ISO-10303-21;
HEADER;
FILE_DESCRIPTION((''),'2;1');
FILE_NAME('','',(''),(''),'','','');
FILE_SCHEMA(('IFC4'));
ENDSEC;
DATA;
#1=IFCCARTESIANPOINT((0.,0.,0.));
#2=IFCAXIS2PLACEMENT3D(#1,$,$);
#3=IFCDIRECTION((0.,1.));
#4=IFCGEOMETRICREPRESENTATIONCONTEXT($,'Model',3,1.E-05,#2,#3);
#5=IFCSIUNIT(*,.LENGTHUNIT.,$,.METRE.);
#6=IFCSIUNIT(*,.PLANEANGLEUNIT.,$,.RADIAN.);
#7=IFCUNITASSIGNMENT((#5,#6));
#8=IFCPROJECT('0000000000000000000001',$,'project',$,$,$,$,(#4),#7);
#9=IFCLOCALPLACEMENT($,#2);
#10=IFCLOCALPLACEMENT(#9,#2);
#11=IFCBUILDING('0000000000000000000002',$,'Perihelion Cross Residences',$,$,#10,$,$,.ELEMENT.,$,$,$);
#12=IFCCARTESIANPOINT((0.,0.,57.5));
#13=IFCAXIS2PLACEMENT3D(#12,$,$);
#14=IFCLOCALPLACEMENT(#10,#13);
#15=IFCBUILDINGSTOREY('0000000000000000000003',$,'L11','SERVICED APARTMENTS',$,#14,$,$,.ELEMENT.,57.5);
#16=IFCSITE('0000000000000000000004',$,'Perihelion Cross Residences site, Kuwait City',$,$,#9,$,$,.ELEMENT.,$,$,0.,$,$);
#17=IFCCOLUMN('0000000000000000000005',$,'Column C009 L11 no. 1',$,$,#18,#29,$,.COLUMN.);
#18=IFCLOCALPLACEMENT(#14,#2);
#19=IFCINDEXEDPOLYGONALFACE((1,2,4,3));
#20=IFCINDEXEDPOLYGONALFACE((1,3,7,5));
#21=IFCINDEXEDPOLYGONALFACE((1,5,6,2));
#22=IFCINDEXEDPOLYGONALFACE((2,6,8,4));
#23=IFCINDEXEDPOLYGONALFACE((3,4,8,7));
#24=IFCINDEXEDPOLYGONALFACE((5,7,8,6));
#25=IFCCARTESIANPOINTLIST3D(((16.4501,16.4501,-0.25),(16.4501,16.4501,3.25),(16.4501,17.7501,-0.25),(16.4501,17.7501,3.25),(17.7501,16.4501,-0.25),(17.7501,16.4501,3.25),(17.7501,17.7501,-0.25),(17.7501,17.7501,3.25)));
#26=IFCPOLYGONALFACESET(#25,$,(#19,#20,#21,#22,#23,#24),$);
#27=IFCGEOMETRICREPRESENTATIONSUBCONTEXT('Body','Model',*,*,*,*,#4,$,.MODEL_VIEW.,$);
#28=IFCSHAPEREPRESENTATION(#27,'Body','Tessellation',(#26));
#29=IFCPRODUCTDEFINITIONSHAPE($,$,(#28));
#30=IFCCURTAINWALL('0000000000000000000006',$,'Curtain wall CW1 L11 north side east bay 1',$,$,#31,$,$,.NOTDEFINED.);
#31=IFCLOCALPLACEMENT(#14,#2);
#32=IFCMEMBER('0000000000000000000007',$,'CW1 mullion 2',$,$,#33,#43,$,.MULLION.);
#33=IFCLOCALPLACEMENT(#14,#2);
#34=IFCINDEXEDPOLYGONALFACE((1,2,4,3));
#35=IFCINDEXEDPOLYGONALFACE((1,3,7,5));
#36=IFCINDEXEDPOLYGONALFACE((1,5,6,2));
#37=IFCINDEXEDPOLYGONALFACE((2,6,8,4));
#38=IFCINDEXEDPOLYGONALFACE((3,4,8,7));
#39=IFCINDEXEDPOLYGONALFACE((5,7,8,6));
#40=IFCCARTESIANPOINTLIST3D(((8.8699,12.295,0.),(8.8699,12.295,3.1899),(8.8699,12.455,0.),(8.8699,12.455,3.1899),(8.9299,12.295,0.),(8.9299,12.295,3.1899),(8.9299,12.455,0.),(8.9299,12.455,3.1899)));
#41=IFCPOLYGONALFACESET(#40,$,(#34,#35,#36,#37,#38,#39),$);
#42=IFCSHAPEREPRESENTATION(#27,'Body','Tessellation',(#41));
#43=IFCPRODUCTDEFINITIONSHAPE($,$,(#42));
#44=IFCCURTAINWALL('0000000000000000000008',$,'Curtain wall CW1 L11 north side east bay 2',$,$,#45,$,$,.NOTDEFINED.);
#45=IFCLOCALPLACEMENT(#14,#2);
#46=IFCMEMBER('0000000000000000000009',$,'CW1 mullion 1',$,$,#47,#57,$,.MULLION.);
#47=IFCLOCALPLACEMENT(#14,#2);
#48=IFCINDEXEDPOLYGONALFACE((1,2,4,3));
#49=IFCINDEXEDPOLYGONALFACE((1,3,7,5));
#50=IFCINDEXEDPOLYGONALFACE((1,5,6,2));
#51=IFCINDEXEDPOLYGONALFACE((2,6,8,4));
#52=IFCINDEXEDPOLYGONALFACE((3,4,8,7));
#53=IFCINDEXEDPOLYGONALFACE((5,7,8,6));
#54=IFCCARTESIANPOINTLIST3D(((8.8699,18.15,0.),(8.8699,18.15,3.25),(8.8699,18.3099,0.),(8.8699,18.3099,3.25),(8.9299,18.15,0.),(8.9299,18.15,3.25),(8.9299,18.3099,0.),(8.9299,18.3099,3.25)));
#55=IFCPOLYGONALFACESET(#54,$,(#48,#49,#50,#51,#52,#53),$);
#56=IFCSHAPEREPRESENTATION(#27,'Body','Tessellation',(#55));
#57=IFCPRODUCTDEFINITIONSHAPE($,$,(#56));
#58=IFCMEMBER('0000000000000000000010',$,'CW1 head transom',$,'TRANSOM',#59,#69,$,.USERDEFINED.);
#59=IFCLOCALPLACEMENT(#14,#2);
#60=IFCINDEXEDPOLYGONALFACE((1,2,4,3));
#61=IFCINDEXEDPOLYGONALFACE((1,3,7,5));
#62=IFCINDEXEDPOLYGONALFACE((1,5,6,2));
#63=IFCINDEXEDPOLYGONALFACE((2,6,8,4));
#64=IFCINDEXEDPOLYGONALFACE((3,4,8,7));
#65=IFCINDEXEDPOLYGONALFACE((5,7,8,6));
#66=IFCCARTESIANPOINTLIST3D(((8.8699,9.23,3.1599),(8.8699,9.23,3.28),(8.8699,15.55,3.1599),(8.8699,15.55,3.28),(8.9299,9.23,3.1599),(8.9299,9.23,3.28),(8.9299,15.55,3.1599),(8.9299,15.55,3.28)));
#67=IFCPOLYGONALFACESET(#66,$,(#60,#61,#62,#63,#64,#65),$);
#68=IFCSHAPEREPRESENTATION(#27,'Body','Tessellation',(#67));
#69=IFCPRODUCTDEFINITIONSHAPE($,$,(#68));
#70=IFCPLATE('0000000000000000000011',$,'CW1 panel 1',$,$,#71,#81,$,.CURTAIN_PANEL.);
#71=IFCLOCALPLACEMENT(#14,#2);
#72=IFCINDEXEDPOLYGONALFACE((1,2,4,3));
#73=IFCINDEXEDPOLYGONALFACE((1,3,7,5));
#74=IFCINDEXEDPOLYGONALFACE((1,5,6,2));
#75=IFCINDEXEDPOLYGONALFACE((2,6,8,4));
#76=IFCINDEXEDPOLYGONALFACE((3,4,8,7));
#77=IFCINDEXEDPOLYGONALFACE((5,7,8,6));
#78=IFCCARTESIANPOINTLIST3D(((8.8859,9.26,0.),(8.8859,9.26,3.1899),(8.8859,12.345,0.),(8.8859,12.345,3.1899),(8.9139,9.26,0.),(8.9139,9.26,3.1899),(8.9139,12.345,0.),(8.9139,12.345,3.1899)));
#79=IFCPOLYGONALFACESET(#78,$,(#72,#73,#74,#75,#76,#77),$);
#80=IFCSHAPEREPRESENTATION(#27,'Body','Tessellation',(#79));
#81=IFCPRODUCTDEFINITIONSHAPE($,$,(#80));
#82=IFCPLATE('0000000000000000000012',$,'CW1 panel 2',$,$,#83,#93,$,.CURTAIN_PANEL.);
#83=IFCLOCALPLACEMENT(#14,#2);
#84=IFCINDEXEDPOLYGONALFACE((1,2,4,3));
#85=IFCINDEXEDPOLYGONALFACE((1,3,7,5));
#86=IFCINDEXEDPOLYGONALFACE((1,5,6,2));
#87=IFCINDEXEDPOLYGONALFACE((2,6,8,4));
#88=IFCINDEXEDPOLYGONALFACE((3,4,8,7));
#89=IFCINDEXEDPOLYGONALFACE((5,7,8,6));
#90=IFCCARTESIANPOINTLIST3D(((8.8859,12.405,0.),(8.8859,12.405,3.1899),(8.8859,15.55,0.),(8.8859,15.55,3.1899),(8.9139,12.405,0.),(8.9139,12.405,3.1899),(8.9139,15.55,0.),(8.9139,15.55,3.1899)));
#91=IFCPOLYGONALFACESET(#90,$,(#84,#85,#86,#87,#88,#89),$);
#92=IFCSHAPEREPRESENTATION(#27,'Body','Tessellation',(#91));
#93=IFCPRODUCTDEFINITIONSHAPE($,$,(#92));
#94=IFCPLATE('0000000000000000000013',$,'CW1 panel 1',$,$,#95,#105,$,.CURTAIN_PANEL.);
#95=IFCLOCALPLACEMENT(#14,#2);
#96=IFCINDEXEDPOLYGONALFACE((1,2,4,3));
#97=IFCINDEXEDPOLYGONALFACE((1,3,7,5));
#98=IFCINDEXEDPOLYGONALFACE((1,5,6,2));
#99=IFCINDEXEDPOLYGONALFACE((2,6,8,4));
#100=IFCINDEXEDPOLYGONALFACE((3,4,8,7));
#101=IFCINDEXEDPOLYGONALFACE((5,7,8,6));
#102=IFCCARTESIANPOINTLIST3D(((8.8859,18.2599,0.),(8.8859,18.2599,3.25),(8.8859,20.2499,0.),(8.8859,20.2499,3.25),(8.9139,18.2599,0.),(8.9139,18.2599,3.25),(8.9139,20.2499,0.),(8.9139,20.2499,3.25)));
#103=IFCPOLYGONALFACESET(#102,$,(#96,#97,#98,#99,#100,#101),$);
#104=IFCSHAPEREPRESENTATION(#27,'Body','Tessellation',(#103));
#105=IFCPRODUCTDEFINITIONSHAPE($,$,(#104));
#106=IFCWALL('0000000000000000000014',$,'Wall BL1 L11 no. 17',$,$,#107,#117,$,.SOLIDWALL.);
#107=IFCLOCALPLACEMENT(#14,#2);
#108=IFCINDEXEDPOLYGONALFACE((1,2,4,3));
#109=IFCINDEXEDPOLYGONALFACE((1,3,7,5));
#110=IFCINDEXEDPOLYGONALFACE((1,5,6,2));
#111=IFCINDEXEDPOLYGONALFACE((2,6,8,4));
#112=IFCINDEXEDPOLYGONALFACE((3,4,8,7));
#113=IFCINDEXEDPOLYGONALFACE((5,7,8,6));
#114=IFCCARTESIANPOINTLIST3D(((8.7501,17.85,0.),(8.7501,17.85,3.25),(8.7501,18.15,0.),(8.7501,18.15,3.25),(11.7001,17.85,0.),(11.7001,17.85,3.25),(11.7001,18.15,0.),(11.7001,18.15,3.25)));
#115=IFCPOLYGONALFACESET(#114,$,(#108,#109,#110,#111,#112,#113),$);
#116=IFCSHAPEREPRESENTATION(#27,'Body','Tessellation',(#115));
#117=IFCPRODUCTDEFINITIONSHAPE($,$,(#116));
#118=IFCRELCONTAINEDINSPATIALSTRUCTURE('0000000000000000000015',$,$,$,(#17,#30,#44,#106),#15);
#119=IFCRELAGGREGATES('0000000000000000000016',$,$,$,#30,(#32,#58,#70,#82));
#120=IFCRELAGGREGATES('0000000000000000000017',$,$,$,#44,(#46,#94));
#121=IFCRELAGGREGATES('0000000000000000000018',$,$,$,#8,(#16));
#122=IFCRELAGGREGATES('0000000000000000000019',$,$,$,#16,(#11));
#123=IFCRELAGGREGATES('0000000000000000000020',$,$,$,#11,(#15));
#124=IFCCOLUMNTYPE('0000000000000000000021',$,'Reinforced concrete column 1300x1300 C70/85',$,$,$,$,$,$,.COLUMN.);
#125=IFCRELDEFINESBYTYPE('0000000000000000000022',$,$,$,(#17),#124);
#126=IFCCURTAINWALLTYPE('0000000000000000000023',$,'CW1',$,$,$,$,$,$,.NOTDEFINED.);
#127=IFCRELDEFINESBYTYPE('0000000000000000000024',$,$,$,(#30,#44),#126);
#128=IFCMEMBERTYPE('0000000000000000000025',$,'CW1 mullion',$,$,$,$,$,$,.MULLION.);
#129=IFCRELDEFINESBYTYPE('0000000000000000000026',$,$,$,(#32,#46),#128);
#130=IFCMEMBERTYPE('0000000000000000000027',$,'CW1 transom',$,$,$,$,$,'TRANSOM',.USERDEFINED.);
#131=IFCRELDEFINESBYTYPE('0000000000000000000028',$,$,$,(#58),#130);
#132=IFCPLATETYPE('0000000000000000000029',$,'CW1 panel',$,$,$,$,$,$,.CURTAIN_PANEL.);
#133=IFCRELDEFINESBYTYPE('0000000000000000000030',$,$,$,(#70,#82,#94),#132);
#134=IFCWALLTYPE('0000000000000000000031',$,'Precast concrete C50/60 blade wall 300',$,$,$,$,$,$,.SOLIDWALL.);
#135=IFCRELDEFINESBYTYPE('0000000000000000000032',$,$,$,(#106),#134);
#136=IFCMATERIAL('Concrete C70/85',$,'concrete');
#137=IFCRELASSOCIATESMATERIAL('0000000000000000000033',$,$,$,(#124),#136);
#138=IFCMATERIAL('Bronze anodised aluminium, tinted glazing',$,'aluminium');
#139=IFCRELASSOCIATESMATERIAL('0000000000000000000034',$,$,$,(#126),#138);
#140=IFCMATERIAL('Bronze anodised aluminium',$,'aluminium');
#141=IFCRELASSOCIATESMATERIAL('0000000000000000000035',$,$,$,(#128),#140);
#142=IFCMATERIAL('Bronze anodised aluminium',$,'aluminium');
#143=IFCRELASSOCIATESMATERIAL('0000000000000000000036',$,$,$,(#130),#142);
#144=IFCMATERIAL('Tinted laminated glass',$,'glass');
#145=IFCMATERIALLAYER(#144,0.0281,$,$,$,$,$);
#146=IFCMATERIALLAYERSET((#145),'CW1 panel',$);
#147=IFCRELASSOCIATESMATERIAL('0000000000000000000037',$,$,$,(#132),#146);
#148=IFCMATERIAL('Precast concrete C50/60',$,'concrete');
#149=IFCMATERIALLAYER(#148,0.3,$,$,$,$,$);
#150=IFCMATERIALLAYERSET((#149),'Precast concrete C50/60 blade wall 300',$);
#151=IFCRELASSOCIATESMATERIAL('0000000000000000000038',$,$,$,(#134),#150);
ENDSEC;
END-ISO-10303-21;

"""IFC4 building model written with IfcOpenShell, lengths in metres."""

from ifc_helpers import new_model, si_unit, direction, frame, frame_2d, origin, origin_2d, place, context, subcontext, project, spatial, rectangle, extrude, material, layer, layer_set, material_profile, profile_set, type_object, element, aggregate, save


model = new_model("IFC4")

# Units and contexts
model_context = context("Model", 3, precision=1e-05, world=origin(), true_north=direction((0.0, 1.0)))
body_context = subcontext(model_context, "Body", "Model", "MODEL_VIEW")
ifc_project = project(units=[si_unit("LENGTHUNIT", "METRE"), si_unit("PLANEANGLEUNIT", "RADIAN")], contexts=[model_context])

# Site, building, storey
site_placement = place(None, origin())
site = spatial("IfcSite", under=ifc_project, at=site_placement, Name="Perihelion Cross Residences site, Kuwait City", CompositionType="ELEMENT", RefElevation=0.0)
building_placement = place(site_placement, origin())
building = spatial("IfcBuilding", under=site, at=building_placement, Name="Perihelion Cross Residences", CompositionType="ELEMENT")
storey_placement = place(building_placement, frame((0.0, 0.0, 57.5)))
storey = spatial("IfcBuildingStorey", under=building, at=storey_placement, Name="L11", Description="SERVICED APARTMENTS", CompositionType="ELEMENT", Elevation=57.5)

# Column
ifc_material_1 = material(Name="Concrete C70/85", Category="concrete")
ifc_material_profile_1 = material_profile(ifc_material_1, rectangle(XDim=1.3, YDim=1.3, at=origin_2d()), Name="RC 1300x1300")
ifc_profile_set_1 = profile_set([ifc_material_profile_1], Name="Concrete C70/85")
column_type = type_object("IfcColumnType", Name="Reinforced concrete column 1300x1300 C70/85", PredefinedType="COLUMN", material=ifc_profile_set_1)
column_placement = place(storey_placement, frame((17.1001, 17.1001, -0.25), z_axis=(0.0, 0.0, 1.0), x_axis=(1.0, 0.0, 0.0)))
element("IfcColumn", 1, at=column_placement, inside=storey, type_object=column_type, Name="Column C009 L11 no. 1", PredefinedType="COLUMN", context=body_context, shape_type="SweptSolid", body=[
    extrude(rectangle(XDim=1.3, YDim=1.3, at=origin_2d()), origin(), (0.0, 0.0, 1.0), 3.5),
])

# Curtain walls, members
ifc_material_2 = material(Name="Bronze anodised aluminium, tinted glazing", Category="aluminium")
curtain_wall_type = type_object("IfcCurtainWallType", Name="CW1", PredefinedType="NOTDEFINED", material=ifc_material_2)
curtain_wall_1_placement = place(storey_placement, origin())
curtain_wall_1 = element("IfcCurtainWall", 2, at=curtain_wall_1_placement, inside=storey, type_object=curtain_wall_type, Name="Curtain wall CW1 L11 north side east bay 1", PredefinedType="NOTDEFINED")
ifc_material_3 = material(Name="Bronze anodised aluminium", Category="aluminium")
ifc_material_profile_2 = material_profile(ifc_material_3, rectangle(XDim=0.0601, YDim=0.1599, at=origin_2d()), Name="CW1 mullion")
ifc_profile_set_2 = profile_set([ifc_material_profile_2], Name="Bronze anodised aluminium")
member_type_1 = type_object("IfcMemberType", Name="CW1 mullion", PredefinedType="MULLION", material=ifc_profile_set_2)
member_1_placement = place(storey_placement, frame((8.8999, 12.375, 0.0), z_axis=(0.0, 0.0, 1.0), x_axis=(-1.0, 0.0, 0.0)))
member_1 = element("IfcMember", 3, at=member_1_placement, type_object=member_type_1, Name="CW1 mullion 2", PredefinedType="MULLION", context=body_context, shape_type="SweptSolid", body=[
    extrude(rectangle(XDim=0.0601, YDim=0.1599, at=origin_2d()), origin(), (0.0, 0.0, 1.0), 3.1899),
])
curtain_wall_2_placement = place(storey_placement, origin())
curtain_wall_2 = element("IfcCurtainWall", 4, at=curtain_wall_2_placement, inside=storey, type_object=curtain_wall_type, Name="Curtain wall CW1 L11 north side east bay 2", PredefinedType="NOTDEFINED")
member_2_placement = place(storey_placement, frame((8.8999, 18.23, 0.0), z_axis=(0.0, 0.0, 1.0), x_axis=(-1.0, 0.0, 0.0)))
member_2 = element("IfcMember", 5, at=member_2_placement, type_object=member_type_1, Name="CW1 mullion 1", PredefinedType="MULLION", context=body_context, shape_type="SweptSolid", body=[
    extrude(rectangle(XDim=0.0601, YDim=0.1599, at=origin_2d()), origin(), (0.0, 0.0, 1.0), 3.25),
])

# Member
ifc_material_4 = material(Name="Bronze anodised aluminium", Category="aluminium")
ifc_material_profile_3 = material_profile(ifc_material_4, rectangle(XDim=0.0601, YDim=0.1201, at=origin_2d()), Name="CW1 transom")
ifc_profile_set_3 = profile_set([ifc_material_profile_3], Name="Bronze anodised aluminium")
member_type_2 = type_object("IfcMemberType", Name="CW1 transom", ElementType="TRANSOM", PredefinedType="USERDEFINED", material=ifc_profile_set_3)
member_3_placement = place(storey_placement, frame((8.8999, 9.23, 3.22), z_axis=(0.0, 1.0, 0.0), x_axis=(-1.0, 0.0, 0.0)))
member_3 = element("IfcMember", 6, at=member_3_placement, type_object=member_type_2, Name="CW1 head transom", ObjectType="TRANSOM", PredefinedType="USERDEFINED", context=body_context, shape_type="SweptSolid", body=[
    extrude(rectangle(XDim=0.0601, YDim=0.1201, at=origin_2d()), origin(), (0.0, 0.0, 1.0), 6.3201),
])

# Plates
ifc_material_5 = material(Name="Tinted laminated glass", Category="glass")
ifc_layer_1 = layer(ifc_material_5, 0.0281)
ifc_layer_set_1 = layer_set([ifc_layer_1], Name="CW1 panel")
plate_type = type_object("IfcPlateType", Name="CW1 panel", PredefinedType="CURTAIN_PANEL", material=ifc_layer_set_1)
plate_1_placement = place(storey_placement, frame((8.8999, 10.8025, 0.0), z_axis=(0.0, 0.0, 1.0), x_axis=(0.0, 1.0, 0.0)))
plate_1 = element("IfcPlate", 7, at=plate_1_placement, type_object=plate_type, Name="CW1 panel 1", PredefinedType="CURTAIN_PANEL", context=body_context, shape_type="SweptSolid", body=[
    extrude(rectangle(XDim=3.085, YDim=0.0281, at=origin_2d()), origin(), (0.0, 0.0, 1.0), 3.1899),
])
plate_2_placement = place(storey_placement, frame((8.8999, 13.9775, 0.0), z_axis=(0.0, 0.0, 1.0), x_axis=(0.0, 1.0, 0.0)))
plate_2 = element("IfcPlate", 8, at=plate_2_placement, type_object=plate_type, Name="CW1 panel 2", PredefinedType="CURTAIN_PANEL", context=body_context, shape_type="SweptSolid", body=[
    extrude(rectangle(XDim=3.145, YDim=0.0281, at=origin_2d()), origin(), (0.0, 0.0, 1.0), 3.1899),
])
aggregate(curtain_wall_1, [member_1, member_3, plate_1, plate_2])
plate_3_placement = place(storey_placement, frame((8.8999, 19.2549, 0.0), z_axis=(0.0, 0.0, 1.0), x_axis=(0.0, 1.0, 0.0)))
plate_3 = element("IfcPlate", 9, at=plate_3_placement, type_object=plate_type, Name="CW1 panel 1", PredefinedType="CURTAIN_PANEL", context=body_context, shape_type="SweptSolid", body=[
    extrude(rectangle(XDim=1.99, YDim=0.0281, at=origin_2d()), origin(), (0.0, 0.0, 1.0), 3.25),
])
aggregate(curtain_wall_2, [member_2, plate_3])

# Wall
ifc_material_6 = material(Name="Precast concrete C50/60", Category="concrete")
ifc_layer_2 = layer(ifc_material_6, 0.3)
ifc_layer_set_2 = layer_set([ifc_layer_2], Name="Precast concrete C50/60 blade wall 300")
wall_type_1 = type_object("IfcWallType", Name="Precast concrete C50/60 blade wall 300", PredefinedType="SOLIDWALL", material=ifc_layer_set_2)
wall_1_placement = place(storey_placement, frame((8.75, 18.0, 0.0), z_axis=(0.0, 0.0, 1.0), x_axis=(1.0, 0.0, 0.0)))
element("IfcWall", 10, at=wall_1_placement, inside=storey, type_object=wall_type_1, Name="Wall BL1 L11 no. 17", PredefinedType="SOLIDWALL", context=body_context, shape_type="SweptSolid", body=[
    extrude(rectangle(XDim=2.95, YDim=0.3, at=frame_2d((1.4751, 0.0))), origin(), (0.0, 0.0, 1.0), 3.25),
])

save(model, "model.ifc")
